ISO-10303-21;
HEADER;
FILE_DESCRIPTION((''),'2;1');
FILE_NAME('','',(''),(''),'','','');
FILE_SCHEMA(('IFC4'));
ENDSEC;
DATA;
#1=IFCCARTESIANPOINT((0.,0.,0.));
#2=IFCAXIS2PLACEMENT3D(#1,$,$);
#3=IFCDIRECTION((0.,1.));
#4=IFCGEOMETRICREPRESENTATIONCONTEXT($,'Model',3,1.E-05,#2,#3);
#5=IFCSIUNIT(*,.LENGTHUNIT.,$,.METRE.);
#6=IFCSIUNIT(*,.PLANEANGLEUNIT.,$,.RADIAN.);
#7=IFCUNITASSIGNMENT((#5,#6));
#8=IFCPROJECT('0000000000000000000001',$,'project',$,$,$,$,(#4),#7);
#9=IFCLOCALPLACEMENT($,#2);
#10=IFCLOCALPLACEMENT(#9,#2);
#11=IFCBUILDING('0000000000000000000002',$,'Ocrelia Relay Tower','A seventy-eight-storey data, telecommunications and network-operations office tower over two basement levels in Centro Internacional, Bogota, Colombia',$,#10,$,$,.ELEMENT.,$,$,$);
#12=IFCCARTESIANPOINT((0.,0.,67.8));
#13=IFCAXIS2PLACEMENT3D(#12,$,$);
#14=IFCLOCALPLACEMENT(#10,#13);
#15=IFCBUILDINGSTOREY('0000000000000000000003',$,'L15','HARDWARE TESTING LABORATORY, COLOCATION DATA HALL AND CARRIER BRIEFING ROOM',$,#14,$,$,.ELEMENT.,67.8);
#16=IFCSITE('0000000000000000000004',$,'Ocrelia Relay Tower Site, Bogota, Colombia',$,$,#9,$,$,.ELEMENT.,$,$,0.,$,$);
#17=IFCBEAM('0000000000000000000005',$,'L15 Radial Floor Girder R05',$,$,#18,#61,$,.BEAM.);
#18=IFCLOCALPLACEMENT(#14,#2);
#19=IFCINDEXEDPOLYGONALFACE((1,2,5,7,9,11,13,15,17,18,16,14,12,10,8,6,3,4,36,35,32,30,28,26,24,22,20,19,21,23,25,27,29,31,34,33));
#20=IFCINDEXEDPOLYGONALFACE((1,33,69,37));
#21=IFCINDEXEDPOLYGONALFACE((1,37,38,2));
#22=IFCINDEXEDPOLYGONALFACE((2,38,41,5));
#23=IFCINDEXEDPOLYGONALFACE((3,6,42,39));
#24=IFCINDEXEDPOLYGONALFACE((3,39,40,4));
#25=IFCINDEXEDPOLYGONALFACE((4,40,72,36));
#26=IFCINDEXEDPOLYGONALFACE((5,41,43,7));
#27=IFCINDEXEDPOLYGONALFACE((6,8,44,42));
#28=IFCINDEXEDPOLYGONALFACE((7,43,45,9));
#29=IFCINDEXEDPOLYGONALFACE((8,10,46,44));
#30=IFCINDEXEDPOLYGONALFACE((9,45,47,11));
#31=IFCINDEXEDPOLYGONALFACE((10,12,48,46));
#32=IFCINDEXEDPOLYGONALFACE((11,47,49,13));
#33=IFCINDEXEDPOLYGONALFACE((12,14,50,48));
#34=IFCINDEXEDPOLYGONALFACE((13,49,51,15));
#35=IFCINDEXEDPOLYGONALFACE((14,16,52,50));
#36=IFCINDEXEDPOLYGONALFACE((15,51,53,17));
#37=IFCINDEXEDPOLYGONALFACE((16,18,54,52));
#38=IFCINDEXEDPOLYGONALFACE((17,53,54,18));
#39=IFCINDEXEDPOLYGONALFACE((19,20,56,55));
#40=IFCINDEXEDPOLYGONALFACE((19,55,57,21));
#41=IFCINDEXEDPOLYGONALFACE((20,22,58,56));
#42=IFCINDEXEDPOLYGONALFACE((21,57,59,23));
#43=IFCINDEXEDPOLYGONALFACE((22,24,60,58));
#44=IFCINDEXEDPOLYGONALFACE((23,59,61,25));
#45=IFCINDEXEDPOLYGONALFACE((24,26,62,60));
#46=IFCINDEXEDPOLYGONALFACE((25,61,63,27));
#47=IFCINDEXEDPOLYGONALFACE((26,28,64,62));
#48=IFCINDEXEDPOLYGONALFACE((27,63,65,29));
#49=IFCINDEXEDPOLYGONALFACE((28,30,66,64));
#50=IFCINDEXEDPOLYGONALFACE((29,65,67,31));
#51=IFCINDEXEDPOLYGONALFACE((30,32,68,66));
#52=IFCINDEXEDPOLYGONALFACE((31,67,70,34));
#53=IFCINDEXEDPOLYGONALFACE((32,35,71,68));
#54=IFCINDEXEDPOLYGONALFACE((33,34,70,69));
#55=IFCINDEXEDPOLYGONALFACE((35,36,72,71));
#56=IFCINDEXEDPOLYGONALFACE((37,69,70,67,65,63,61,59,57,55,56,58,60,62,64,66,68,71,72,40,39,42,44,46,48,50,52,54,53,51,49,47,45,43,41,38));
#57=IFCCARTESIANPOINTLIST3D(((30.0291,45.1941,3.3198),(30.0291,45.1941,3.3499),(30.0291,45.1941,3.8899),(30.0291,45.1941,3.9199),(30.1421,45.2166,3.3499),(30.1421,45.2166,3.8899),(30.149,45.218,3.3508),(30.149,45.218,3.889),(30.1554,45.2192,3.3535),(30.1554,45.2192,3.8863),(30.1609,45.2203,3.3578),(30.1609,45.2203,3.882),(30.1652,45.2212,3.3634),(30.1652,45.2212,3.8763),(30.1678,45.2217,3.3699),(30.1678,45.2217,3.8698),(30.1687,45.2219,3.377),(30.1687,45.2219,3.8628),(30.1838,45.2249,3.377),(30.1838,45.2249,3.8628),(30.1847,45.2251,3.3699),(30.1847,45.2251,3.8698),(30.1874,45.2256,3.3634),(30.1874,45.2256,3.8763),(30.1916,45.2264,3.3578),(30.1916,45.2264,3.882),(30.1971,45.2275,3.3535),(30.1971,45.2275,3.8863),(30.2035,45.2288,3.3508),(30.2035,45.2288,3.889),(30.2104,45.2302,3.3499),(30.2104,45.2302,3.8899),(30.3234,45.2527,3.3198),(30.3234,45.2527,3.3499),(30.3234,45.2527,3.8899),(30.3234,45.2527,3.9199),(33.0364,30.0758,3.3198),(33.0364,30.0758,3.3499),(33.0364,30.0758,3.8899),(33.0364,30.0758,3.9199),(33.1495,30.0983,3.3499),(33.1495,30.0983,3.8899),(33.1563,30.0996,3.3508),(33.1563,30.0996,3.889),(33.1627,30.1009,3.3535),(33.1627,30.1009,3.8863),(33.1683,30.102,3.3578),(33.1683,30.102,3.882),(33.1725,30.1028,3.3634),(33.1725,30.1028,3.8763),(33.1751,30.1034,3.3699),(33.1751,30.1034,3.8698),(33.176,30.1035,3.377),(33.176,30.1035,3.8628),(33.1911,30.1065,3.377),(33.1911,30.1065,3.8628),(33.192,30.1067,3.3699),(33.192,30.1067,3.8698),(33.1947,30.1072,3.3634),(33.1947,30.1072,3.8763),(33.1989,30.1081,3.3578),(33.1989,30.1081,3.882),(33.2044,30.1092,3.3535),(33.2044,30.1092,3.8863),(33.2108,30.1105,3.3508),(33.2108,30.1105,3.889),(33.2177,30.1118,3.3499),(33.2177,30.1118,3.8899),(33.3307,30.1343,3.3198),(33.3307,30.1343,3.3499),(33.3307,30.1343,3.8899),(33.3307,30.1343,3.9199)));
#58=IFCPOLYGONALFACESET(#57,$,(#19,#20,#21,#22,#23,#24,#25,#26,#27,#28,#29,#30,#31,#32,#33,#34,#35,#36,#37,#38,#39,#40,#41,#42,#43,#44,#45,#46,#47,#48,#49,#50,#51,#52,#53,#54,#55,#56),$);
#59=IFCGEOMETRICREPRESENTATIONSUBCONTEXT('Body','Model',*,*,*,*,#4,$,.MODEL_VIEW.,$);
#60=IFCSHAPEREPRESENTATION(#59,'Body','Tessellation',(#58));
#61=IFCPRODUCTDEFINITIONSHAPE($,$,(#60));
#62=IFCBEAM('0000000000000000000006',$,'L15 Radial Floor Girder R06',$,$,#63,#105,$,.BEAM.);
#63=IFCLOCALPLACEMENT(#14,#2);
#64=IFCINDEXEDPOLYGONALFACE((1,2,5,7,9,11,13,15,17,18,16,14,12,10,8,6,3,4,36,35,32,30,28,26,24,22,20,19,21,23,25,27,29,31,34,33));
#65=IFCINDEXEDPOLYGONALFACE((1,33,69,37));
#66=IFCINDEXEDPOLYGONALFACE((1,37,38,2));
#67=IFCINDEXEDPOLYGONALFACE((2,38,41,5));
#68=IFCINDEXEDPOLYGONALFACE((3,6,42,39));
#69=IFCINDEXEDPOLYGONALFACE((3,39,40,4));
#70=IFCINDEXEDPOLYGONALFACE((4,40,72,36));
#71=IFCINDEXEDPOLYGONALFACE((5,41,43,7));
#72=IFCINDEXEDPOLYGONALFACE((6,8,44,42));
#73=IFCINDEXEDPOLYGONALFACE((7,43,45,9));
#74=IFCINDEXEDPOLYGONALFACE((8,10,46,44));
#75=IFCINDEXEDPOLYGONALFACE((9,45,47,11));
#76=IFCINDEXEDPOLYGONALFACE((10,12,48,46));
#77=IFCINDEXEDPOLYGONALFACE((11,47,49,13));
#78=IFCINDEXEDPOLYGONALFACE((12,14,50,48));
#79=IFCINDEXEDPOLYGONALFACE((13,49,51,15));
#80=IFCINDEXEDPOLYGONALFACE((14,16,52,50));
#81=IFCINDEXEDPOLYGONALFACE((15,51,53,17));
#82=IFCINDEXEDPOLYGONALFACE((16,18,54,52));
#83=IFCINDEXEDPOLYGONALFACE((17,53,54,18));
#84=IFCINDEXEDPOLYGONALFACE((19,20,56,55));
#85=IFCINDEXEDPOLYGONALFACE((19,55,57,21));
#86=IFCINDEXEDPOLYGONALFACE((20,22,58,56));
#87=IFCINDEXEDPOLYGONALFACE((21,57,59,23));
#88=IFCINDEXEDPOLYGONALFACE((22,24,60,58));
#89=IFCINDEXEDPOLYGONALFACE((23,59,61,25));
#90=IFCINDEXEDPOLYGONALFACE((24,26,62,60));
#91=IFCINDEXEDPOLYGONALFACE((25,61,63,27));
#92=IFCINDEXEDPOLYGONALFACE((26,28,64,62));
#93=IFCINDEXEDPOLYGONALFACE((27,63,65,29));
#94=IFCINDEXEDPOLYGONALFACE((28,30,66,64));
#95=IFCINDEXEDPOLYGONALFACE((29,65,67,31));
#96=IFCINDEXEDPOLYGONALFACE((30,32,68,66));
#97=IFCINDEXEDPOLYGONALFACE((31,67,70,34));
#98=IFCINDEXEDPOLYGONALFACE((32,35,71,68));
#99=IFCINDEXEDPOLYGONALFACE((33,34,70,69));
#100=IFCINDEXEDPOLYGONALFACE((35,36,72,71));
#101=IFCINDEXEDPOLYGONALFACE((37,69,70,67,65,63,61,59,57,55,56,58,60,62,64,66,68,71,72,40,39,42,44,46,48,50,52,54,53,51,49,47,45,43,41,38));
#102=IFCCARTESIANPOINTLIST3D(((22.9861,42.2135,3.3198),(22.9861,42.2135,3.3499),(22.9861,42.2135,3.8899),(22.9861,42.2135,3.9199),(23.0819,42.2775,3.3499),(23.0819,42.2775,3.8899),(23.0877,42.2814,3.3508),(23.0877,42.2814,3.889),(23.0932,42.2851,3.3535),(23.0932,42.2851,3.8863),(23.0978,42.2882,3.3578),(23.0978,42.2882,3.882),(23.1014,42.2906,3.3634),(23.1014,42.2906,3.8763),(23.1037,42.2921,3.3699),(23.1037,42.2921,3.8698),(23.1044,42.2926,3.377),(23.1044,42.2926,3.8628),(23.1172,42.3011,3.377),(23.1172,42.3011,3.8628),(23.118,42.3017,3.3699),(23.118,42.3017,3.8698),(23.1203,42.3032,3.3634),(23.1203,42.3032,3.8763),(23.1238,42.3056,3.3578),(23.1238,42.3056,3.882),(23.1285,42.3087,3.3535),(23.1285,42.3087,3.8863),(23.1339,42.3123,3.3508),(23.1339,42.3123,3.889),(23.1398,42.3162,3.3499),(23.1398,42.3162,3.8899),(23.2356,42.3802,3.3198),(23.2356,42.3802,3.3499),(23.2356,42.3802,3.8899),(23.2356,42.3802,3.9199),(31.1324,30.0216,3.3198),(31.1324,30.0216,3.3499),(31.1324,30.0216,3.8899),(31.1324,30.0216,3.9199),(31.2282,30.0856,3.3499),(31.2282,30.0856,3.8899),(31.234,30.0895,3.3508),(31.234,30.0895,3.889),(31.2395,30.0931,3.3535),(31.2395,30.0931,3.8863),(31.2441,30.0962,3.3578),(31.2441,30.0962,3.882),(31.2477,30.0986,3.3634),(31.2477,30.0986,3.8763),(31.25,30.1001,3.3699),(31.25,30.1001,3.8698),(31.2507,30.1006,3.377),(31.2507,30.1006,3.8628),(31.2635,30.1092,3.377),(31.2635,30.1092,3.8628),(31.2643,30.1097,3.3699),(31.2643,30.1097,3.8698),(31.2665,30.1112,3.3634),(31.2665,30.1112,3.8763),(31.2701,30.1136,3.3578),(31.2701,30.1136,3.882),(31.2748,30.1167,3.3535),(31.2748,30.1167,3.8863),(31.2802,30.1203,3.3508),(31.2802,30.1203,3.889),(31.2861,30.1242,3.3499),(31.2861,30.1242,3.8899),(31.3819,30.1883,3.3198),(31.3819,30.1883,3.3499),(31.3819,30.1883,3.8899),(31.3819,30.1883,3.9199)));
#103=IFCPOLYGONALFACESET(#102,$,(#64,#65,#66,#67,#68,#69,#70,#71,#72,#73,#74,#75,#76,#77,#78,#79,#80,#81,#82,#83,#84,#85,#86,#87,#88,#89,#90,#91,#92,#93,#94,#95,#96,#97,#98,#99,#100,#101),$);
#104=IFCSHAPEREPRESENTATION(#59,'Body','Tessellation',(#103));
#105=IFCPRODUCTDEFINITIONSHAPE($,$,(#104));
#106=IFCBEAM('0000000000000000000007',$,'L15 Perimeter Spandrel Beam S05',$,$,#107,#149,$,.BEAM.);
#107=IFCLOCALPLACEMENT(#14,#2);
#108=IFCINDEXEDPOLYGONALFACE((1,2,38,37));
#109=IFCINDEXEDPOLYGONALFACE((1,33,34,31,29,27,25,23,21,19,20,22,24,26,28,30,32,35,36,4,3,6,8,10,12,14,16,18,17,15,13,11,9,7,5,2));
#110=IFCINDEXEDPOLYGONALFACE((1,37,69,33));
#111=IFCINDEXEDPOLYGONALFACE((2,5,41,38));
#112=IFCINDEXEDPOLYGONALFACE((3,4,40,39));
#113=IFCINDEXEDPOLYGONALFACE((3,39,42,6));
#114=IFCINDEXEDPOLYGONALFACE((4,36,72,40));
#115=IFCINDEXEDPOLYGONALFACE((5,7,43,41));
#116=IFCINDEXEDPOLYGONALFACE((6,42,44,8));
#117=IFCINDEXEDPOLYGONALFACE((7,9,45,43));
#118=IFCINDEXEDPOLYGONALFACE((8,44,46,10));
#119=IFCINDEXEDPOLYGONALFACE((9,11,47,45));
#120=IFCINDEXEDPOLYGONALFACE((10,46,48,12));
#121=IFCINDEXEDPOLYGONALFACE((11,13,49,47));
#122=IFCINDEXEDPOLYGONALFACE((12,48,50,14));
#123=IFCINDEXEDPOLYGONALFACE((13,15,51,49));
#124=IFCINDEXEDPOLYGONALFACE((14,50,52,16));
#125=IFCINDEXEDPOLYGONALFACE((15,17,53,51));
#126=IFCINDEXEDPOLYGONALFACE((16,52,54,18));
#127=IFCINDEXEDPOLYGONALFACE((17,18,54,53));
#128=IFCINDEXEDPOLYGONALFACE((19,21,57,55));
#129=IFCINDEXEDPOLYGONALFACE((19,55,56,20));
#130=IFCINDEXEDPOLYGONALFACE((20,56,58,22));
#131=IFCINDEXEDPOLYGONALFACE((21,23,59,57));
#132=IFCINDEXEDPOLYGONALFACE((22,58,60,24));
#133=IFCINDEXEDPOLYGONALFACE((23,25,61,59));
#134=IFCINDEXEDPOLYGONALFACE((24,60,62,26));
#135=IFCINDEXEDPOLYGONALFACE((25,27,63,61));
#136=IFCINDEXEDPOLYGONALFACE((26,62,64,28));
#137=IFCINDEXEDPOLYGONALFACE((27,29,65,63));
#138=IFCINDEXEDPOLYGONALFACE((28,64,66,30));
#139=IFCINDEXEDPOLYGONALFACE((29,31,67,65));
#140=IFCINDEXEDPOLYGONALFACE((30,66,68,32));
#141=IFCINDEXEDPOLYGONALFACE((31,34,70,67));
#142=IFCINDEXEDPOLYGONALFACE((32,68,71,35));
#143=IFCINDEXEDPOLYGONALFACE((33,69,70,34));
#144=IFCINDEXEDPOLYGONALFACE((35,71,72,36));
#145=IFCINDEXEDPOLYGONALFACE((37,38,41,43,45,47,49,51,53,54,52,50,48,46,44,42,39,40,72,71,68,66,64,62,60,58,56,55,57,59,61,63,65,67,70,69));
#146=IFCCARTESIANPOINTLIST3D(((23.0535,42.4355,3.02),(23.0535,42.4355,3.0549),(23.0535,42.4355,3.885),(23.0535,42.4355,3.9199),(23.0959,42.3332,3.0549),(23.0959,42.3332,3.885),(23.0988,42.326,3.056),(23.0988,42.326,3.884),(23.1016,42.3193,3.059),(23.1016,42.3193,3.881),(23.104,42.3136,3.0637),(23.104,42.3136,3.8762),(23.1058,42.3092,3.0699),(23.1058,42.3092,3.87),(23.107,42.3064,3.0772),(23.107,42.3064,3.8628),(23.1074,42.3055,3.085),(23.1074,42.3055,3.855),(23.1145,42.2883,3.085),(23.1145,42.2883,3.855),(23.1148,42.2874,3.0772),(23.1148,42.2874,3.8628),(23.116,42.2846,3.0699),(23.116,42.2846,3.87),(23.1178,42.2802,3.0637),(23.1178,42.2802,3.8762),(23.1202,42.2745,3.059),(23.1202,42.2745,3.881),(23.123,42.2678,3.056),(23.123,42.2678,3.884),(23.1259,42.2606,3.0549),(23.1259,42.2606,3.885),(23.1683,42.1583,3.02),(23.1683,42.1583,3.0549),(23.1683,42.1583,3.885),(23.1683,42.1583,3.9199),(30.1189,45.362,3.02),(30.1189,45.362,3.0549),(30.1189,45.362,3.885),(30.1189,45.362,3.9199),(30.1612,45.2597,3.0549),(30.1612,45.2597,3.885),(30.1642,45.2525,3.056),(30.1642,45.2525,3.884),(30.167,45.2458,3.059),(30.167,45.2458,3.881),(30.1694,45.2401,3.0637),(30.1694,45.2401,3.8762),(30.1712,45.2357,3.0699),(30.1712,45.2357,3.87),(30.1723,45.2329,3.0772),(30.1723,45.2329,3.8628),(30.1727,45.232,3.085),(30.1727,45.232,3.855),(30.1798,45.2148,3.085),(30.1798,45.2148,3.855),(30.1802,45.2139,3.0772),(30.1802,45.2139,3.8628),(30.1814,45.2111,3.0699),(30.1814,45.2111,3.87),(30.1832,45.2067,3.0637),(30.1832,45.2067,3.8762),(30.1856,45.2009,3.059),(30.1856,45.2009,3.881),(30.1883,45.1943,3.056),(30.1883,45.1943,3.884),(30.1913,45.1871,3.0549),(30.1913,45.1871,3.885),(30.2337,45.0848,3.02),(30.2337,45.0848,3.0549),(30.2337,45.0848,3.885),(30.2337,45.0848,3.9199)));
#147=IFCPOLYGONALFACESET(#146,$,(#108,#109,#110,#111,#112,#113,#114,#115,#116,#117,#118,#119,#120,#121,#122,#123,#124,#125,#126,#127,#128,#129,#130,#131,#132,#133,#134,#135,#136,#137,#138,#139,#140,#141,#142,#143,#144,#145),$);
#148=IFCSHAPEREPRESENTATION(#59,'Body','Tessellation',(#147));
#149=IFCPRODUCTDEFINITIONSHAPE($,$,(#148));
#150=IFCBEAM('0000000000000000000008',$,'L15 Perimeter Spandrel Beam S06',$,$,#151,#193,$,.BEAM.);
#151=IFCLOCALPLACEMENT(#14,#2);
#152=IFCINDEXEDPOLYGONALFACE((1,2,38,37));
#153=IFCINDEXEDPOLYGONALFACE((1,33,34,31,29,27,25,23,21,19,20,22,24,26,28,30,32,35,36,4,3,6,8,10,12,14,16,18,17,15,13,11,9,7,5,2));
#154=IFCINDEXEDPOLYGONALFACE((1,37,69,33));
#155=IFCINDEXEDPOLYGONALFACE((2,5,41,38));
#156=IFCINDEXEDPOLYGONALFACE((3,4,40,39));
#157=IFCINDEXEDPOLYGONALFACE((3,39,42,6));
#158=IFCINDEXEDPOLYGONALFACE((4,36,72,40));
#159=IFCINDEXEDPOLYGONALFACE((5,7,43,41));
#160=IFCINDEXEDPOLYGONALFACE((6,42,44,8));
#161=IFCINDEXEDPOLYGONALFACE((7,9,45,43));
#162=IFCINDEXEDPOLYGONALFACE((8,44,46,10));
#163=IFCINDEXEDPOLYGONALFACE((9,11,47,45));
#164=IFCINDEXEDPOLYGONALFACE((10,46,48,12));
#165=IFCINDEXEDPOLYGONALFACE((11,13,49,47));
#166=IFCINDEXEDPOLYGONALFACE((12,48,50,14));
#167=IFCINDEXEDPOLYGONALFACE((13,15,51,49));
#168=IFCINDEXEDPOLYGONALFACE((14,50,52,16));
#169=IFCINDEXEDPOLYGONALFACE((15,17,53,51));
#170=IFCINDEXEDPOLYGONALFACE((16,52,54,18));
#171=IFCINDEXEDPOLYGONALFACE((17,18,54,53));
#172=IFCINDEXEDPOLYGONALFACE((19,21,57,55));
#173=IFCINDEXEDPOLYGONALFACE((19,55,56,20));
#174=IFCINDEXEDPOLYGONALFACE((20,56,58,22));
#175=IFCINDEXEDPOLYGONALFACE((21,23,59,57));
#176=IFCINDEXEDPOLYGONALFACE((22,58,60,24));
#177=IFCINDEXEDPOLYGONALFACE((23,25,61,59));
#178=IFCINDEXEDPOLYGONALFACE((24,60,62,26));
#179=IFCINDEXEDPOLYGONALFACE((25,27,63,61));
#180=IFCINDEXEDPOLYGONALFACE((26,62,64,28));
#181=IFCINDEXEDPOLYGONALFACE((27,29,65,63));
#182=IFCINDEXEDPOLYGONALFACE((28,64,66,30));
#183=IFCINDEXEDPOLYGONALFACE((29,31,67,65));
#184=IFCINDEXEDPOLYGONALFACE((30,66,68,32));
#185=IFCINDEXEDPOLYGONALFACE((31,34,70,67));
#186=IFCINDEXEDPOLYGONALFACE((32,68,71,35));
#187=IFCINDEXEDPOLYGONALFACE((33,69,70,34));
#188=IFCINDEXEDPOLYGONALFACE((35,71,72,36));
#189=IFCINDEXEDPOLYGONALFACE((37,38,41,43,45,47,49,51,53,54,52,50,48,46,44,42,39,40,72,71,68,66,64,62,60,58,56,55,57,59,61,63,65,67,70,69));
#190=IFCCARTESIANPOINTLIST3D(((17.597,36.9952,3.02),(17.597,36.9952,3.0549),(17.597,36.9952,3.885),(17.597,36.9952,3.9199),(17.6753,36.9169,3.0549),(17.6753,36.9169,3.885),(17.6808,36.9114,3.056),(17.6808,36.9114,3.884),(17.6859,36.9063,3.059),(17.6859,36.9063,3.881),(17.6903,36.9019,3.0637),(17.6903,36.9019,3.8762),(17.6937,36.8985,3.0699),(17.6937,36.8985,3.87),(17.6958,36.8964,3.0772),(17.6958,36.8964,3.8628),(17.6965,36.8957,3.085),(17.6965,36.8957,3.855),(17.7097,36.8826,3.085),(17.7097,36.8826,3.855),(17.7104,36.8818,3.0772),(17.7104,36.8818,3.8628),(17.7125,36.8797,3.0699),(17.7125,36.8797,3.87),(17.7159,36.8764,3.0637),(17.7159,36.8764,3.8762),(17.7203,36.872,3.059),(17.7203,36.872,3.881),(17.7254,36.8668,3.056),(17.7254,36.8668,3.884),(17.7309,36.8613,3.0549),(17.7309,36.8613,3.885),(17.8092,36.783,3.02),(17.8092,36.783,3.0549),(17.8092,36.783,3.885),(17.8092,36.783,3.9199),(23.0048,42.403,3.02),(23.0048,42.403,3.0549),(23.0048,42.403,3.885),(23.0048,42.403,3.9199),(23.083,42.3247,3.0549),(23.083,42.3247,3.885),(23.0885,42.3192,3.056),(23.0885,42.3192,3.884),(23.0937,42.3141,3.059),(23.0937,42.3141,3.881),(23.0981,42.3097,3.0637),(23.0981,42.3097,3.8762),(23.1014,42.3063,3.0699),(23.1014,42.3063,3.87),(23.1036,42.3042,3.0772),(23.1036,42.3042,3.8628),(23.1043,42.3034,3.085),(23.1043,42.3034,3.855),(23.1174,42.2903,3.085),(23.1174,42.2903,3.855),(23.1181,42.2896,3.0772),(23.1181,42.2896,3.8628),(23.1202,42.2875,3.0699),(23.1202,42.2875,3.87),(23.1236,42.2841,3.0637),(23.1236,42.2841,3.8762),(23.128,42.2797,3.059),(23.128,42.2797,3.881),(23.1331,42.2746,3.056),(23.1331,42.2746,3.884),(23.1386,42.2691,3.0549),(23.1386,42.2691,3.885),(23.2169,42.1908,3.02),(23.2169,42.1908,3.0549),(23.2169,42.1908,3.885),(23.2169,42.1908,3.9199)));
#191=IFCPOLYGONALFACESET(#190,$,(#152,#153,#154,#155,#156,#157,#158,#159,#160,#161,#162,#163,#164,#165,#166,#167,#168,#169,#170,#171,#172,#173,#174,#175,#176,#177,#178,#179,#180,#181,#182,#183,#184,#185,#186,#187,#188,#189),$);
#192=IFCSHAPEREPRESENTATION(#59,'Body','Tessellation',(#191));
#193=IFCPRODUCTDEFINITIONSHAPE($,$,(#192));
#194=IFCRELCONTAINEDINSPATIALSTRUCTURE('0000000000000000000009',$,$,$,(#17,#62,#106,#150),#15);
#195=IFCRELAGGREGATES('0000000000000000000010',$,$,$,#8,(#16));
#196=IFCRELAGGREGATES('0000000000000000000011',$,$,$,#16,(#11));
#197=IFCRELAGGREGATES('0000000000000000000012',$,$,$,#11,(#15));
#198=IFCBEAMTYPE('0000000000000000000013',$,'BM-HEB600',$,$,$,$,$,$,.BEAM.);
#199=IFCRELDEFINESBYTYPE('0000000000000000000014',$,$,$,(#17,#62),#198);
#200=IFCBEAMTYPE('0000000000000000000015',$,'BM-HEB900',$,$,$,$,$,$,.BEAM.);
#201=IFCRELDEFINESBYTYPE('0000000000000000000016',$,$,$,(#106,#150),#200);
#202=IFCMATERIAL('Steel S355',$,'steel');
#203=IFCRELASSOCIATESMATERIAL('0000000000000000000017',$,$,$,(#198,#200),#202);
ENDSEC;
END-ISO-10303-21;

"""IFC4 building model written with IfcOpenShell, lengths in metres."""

from ifc_helpers import new_model, si_unit, direction, frame, origin, origin_2d, place, context, subcontext, project, spatial, i_section, extrude, material, material_profile, profile_set, type_object, element, save


model = new_model("IFC4")

# Units and contexts
model_context = context("Model", 3, precision=1e-05, world=origin(), true_north=direction((0.0, 1.0)))
body_context = subcontext(model_context, "Body", "Model", "MODEL_VIEW")
ifc_project = project(units=[si_unit("LENGTHUNIT", "METRE"), si_unit("PLANEANGLEUNIT", "RADIAN")], contexts=[model_context])

# Site, building, storey
site_placement = place(None, origin())
site = spatial("IfcSite", under=ifc_project, at=site_placement, Name="Ocrelia Relay Tower Site, Bogota, Colombia", CompositionType="ELEMENT", RefElevation=0.0)
building_placement = place(site_placement, origin())
building = spatial("IfcBuilding", under=site, at=building_placement, Name="Ocrelia Relay Tower", Description="A seventy-eight-storey data, telecommunications and network-operations office tower over two basement levels in Centro Internacional, Bogota, Colombia", CompositionType="ELEMENT")
storey_placement = place(building_placement, frame((0.0, 0.0, 67.8)))
storey = spatial("IfcBuildingStorey", under=building, at=storey_placement, Name="L15", Description="HARDWARE TESTING LABORATORY, COLOCATION DATA HALL AND CARRIER BRIEFING ROOM", CompositionType="ELEMENT", Elevation=67.8)

# Beams
ifc_material_1 = material(Name="Steel S355", Category="steel")
ifc_material_profile_1 = material_profile(ifc_material_1, i_section(OverallWidth=0.3, OverallDepth=0.6001, WebThickness=0.0154, FlangeThickness=0.03, FilletRadius=0.0271, at=origin_2d()), Name="HEB 600")
ifc_profile_set_1 = profile_set([ifc_material_profile_1], Name="Steel S355")
beam_type_1 = type_object("IfcBeamType", Name="BM-HEB600", PredefinedType="BEAM", material=ifc_profile_set_1)
beam_1_placement = place(storey_placement, frame((30.1763, 45.2234, 3.6199), z_axis=(0.195096, -0.980784, 0.0), x_axis=(0.980784, 0.195096, 0.0)))
element("IfcBeam", 1, at=beam_1_placement, inside=storey, type_object=beam_type_1, Name="L15 Radial Floor Girder R05", PredefinedType="BEAM", context=body_context, shape_type="SweptSolid", body=[
    extrude(i_section(OverallWidth=0.3, OverallDepth=0.6001, WebThickness=0.0154, FlangeThickness=0.03, FilletRadius=0.0271, at=origin_2d()), origin(), (0.0, 0.0, 1.0), 15.4146),
])
beam_2_placement = place(storey_placement, frame((23.1108, 42.2969, 3.6199), z_axis=(0.555564, -0.831473, 0.0), x_axis=(0.831473, 0.555564, 0.0)))
element("IfcBeam", 2, at=beam_2_placement, inside=storey, type_object=beam_type_1, Name="L15 Radial Floor Girder R06", PredefinedType="BEAM", context=body_context, shape_type="SweptSolid", body=[
    extrude(i_section(OverallWidth=0.3, OverallDepth=0.6001, WebThickness=0.0154, FlangeThickness=0.03, FilletRadius=0.0271, at=origin_2d()), origin(), (0.0, 0.0, 1.0), 14.6631),
])
ifc_material_profile_2 = material_profile(ifc_material_1, i_section(OverallWidth=0.3, OverallDepth=0.8999, WebThickness=0.0186, FlangeThickness=0.0349, FilletRadius=0.03, at=origin_2d()), Name="HEB 900")
ifc_profile_set_2 = profile_set([ifc_material_profile_2], Name="Steel S355")
beam_type_2 = type_object("IfcBeamType", Name="BM-HEB900", PredefinedType="BEAM", material=ifc_profile_set_2)
beam_3_placement = place(storey_placement, frame((30.1763, 45.2234, 3.47), z_axis=(-0.923883, -0.382674, 0.0), x_axis=(0.382674, -0.923883, 0.0)))
element("IfcBeam", 3, at=beam_3_placement, inside=storey, type_object=beam_type_2, Name="L15 Perimeter Spandrel Beam S05", PredefinedType="BEAM", context=body_context, shape_type="SweptSolid", body=[
    extrude(i_section(OverallWidth=0.3, OverallDepth=0.8999, WebThickness=0.0186, FlangeThickness=0.0349, FilletRadius=0.03, at=origin_2d()), origin(), (0.0, 0.0, 1.0), 7.6475),
])
beam_4_placement = place(storey_placement, frame((23.1108, 42.2969, 3.47), z_axis=(-0.707107, -0.707107, 0.0), x_axis=(0.707107, -0.707107, 0.0)))
element("IfcBeam", 4, at=beam_4_placement, inside=storey, type_object=beam_type_2, Name="L15 Perimeter Spandrel Beam S06", PredefinedType="BEAM", context=body_context, shape_type="SweptSolid", body=[
    extrude(i_section(OverallWidth=0.3, OverallDepth=0.8999, WebThickness=0.0186, FlangeThickness=0.0349, FilletRadius=0.03, at=origin_2d()), origin(), (0.0, 0.0, 1.0), 7.6477),
])

save(model, "model.ifc")
